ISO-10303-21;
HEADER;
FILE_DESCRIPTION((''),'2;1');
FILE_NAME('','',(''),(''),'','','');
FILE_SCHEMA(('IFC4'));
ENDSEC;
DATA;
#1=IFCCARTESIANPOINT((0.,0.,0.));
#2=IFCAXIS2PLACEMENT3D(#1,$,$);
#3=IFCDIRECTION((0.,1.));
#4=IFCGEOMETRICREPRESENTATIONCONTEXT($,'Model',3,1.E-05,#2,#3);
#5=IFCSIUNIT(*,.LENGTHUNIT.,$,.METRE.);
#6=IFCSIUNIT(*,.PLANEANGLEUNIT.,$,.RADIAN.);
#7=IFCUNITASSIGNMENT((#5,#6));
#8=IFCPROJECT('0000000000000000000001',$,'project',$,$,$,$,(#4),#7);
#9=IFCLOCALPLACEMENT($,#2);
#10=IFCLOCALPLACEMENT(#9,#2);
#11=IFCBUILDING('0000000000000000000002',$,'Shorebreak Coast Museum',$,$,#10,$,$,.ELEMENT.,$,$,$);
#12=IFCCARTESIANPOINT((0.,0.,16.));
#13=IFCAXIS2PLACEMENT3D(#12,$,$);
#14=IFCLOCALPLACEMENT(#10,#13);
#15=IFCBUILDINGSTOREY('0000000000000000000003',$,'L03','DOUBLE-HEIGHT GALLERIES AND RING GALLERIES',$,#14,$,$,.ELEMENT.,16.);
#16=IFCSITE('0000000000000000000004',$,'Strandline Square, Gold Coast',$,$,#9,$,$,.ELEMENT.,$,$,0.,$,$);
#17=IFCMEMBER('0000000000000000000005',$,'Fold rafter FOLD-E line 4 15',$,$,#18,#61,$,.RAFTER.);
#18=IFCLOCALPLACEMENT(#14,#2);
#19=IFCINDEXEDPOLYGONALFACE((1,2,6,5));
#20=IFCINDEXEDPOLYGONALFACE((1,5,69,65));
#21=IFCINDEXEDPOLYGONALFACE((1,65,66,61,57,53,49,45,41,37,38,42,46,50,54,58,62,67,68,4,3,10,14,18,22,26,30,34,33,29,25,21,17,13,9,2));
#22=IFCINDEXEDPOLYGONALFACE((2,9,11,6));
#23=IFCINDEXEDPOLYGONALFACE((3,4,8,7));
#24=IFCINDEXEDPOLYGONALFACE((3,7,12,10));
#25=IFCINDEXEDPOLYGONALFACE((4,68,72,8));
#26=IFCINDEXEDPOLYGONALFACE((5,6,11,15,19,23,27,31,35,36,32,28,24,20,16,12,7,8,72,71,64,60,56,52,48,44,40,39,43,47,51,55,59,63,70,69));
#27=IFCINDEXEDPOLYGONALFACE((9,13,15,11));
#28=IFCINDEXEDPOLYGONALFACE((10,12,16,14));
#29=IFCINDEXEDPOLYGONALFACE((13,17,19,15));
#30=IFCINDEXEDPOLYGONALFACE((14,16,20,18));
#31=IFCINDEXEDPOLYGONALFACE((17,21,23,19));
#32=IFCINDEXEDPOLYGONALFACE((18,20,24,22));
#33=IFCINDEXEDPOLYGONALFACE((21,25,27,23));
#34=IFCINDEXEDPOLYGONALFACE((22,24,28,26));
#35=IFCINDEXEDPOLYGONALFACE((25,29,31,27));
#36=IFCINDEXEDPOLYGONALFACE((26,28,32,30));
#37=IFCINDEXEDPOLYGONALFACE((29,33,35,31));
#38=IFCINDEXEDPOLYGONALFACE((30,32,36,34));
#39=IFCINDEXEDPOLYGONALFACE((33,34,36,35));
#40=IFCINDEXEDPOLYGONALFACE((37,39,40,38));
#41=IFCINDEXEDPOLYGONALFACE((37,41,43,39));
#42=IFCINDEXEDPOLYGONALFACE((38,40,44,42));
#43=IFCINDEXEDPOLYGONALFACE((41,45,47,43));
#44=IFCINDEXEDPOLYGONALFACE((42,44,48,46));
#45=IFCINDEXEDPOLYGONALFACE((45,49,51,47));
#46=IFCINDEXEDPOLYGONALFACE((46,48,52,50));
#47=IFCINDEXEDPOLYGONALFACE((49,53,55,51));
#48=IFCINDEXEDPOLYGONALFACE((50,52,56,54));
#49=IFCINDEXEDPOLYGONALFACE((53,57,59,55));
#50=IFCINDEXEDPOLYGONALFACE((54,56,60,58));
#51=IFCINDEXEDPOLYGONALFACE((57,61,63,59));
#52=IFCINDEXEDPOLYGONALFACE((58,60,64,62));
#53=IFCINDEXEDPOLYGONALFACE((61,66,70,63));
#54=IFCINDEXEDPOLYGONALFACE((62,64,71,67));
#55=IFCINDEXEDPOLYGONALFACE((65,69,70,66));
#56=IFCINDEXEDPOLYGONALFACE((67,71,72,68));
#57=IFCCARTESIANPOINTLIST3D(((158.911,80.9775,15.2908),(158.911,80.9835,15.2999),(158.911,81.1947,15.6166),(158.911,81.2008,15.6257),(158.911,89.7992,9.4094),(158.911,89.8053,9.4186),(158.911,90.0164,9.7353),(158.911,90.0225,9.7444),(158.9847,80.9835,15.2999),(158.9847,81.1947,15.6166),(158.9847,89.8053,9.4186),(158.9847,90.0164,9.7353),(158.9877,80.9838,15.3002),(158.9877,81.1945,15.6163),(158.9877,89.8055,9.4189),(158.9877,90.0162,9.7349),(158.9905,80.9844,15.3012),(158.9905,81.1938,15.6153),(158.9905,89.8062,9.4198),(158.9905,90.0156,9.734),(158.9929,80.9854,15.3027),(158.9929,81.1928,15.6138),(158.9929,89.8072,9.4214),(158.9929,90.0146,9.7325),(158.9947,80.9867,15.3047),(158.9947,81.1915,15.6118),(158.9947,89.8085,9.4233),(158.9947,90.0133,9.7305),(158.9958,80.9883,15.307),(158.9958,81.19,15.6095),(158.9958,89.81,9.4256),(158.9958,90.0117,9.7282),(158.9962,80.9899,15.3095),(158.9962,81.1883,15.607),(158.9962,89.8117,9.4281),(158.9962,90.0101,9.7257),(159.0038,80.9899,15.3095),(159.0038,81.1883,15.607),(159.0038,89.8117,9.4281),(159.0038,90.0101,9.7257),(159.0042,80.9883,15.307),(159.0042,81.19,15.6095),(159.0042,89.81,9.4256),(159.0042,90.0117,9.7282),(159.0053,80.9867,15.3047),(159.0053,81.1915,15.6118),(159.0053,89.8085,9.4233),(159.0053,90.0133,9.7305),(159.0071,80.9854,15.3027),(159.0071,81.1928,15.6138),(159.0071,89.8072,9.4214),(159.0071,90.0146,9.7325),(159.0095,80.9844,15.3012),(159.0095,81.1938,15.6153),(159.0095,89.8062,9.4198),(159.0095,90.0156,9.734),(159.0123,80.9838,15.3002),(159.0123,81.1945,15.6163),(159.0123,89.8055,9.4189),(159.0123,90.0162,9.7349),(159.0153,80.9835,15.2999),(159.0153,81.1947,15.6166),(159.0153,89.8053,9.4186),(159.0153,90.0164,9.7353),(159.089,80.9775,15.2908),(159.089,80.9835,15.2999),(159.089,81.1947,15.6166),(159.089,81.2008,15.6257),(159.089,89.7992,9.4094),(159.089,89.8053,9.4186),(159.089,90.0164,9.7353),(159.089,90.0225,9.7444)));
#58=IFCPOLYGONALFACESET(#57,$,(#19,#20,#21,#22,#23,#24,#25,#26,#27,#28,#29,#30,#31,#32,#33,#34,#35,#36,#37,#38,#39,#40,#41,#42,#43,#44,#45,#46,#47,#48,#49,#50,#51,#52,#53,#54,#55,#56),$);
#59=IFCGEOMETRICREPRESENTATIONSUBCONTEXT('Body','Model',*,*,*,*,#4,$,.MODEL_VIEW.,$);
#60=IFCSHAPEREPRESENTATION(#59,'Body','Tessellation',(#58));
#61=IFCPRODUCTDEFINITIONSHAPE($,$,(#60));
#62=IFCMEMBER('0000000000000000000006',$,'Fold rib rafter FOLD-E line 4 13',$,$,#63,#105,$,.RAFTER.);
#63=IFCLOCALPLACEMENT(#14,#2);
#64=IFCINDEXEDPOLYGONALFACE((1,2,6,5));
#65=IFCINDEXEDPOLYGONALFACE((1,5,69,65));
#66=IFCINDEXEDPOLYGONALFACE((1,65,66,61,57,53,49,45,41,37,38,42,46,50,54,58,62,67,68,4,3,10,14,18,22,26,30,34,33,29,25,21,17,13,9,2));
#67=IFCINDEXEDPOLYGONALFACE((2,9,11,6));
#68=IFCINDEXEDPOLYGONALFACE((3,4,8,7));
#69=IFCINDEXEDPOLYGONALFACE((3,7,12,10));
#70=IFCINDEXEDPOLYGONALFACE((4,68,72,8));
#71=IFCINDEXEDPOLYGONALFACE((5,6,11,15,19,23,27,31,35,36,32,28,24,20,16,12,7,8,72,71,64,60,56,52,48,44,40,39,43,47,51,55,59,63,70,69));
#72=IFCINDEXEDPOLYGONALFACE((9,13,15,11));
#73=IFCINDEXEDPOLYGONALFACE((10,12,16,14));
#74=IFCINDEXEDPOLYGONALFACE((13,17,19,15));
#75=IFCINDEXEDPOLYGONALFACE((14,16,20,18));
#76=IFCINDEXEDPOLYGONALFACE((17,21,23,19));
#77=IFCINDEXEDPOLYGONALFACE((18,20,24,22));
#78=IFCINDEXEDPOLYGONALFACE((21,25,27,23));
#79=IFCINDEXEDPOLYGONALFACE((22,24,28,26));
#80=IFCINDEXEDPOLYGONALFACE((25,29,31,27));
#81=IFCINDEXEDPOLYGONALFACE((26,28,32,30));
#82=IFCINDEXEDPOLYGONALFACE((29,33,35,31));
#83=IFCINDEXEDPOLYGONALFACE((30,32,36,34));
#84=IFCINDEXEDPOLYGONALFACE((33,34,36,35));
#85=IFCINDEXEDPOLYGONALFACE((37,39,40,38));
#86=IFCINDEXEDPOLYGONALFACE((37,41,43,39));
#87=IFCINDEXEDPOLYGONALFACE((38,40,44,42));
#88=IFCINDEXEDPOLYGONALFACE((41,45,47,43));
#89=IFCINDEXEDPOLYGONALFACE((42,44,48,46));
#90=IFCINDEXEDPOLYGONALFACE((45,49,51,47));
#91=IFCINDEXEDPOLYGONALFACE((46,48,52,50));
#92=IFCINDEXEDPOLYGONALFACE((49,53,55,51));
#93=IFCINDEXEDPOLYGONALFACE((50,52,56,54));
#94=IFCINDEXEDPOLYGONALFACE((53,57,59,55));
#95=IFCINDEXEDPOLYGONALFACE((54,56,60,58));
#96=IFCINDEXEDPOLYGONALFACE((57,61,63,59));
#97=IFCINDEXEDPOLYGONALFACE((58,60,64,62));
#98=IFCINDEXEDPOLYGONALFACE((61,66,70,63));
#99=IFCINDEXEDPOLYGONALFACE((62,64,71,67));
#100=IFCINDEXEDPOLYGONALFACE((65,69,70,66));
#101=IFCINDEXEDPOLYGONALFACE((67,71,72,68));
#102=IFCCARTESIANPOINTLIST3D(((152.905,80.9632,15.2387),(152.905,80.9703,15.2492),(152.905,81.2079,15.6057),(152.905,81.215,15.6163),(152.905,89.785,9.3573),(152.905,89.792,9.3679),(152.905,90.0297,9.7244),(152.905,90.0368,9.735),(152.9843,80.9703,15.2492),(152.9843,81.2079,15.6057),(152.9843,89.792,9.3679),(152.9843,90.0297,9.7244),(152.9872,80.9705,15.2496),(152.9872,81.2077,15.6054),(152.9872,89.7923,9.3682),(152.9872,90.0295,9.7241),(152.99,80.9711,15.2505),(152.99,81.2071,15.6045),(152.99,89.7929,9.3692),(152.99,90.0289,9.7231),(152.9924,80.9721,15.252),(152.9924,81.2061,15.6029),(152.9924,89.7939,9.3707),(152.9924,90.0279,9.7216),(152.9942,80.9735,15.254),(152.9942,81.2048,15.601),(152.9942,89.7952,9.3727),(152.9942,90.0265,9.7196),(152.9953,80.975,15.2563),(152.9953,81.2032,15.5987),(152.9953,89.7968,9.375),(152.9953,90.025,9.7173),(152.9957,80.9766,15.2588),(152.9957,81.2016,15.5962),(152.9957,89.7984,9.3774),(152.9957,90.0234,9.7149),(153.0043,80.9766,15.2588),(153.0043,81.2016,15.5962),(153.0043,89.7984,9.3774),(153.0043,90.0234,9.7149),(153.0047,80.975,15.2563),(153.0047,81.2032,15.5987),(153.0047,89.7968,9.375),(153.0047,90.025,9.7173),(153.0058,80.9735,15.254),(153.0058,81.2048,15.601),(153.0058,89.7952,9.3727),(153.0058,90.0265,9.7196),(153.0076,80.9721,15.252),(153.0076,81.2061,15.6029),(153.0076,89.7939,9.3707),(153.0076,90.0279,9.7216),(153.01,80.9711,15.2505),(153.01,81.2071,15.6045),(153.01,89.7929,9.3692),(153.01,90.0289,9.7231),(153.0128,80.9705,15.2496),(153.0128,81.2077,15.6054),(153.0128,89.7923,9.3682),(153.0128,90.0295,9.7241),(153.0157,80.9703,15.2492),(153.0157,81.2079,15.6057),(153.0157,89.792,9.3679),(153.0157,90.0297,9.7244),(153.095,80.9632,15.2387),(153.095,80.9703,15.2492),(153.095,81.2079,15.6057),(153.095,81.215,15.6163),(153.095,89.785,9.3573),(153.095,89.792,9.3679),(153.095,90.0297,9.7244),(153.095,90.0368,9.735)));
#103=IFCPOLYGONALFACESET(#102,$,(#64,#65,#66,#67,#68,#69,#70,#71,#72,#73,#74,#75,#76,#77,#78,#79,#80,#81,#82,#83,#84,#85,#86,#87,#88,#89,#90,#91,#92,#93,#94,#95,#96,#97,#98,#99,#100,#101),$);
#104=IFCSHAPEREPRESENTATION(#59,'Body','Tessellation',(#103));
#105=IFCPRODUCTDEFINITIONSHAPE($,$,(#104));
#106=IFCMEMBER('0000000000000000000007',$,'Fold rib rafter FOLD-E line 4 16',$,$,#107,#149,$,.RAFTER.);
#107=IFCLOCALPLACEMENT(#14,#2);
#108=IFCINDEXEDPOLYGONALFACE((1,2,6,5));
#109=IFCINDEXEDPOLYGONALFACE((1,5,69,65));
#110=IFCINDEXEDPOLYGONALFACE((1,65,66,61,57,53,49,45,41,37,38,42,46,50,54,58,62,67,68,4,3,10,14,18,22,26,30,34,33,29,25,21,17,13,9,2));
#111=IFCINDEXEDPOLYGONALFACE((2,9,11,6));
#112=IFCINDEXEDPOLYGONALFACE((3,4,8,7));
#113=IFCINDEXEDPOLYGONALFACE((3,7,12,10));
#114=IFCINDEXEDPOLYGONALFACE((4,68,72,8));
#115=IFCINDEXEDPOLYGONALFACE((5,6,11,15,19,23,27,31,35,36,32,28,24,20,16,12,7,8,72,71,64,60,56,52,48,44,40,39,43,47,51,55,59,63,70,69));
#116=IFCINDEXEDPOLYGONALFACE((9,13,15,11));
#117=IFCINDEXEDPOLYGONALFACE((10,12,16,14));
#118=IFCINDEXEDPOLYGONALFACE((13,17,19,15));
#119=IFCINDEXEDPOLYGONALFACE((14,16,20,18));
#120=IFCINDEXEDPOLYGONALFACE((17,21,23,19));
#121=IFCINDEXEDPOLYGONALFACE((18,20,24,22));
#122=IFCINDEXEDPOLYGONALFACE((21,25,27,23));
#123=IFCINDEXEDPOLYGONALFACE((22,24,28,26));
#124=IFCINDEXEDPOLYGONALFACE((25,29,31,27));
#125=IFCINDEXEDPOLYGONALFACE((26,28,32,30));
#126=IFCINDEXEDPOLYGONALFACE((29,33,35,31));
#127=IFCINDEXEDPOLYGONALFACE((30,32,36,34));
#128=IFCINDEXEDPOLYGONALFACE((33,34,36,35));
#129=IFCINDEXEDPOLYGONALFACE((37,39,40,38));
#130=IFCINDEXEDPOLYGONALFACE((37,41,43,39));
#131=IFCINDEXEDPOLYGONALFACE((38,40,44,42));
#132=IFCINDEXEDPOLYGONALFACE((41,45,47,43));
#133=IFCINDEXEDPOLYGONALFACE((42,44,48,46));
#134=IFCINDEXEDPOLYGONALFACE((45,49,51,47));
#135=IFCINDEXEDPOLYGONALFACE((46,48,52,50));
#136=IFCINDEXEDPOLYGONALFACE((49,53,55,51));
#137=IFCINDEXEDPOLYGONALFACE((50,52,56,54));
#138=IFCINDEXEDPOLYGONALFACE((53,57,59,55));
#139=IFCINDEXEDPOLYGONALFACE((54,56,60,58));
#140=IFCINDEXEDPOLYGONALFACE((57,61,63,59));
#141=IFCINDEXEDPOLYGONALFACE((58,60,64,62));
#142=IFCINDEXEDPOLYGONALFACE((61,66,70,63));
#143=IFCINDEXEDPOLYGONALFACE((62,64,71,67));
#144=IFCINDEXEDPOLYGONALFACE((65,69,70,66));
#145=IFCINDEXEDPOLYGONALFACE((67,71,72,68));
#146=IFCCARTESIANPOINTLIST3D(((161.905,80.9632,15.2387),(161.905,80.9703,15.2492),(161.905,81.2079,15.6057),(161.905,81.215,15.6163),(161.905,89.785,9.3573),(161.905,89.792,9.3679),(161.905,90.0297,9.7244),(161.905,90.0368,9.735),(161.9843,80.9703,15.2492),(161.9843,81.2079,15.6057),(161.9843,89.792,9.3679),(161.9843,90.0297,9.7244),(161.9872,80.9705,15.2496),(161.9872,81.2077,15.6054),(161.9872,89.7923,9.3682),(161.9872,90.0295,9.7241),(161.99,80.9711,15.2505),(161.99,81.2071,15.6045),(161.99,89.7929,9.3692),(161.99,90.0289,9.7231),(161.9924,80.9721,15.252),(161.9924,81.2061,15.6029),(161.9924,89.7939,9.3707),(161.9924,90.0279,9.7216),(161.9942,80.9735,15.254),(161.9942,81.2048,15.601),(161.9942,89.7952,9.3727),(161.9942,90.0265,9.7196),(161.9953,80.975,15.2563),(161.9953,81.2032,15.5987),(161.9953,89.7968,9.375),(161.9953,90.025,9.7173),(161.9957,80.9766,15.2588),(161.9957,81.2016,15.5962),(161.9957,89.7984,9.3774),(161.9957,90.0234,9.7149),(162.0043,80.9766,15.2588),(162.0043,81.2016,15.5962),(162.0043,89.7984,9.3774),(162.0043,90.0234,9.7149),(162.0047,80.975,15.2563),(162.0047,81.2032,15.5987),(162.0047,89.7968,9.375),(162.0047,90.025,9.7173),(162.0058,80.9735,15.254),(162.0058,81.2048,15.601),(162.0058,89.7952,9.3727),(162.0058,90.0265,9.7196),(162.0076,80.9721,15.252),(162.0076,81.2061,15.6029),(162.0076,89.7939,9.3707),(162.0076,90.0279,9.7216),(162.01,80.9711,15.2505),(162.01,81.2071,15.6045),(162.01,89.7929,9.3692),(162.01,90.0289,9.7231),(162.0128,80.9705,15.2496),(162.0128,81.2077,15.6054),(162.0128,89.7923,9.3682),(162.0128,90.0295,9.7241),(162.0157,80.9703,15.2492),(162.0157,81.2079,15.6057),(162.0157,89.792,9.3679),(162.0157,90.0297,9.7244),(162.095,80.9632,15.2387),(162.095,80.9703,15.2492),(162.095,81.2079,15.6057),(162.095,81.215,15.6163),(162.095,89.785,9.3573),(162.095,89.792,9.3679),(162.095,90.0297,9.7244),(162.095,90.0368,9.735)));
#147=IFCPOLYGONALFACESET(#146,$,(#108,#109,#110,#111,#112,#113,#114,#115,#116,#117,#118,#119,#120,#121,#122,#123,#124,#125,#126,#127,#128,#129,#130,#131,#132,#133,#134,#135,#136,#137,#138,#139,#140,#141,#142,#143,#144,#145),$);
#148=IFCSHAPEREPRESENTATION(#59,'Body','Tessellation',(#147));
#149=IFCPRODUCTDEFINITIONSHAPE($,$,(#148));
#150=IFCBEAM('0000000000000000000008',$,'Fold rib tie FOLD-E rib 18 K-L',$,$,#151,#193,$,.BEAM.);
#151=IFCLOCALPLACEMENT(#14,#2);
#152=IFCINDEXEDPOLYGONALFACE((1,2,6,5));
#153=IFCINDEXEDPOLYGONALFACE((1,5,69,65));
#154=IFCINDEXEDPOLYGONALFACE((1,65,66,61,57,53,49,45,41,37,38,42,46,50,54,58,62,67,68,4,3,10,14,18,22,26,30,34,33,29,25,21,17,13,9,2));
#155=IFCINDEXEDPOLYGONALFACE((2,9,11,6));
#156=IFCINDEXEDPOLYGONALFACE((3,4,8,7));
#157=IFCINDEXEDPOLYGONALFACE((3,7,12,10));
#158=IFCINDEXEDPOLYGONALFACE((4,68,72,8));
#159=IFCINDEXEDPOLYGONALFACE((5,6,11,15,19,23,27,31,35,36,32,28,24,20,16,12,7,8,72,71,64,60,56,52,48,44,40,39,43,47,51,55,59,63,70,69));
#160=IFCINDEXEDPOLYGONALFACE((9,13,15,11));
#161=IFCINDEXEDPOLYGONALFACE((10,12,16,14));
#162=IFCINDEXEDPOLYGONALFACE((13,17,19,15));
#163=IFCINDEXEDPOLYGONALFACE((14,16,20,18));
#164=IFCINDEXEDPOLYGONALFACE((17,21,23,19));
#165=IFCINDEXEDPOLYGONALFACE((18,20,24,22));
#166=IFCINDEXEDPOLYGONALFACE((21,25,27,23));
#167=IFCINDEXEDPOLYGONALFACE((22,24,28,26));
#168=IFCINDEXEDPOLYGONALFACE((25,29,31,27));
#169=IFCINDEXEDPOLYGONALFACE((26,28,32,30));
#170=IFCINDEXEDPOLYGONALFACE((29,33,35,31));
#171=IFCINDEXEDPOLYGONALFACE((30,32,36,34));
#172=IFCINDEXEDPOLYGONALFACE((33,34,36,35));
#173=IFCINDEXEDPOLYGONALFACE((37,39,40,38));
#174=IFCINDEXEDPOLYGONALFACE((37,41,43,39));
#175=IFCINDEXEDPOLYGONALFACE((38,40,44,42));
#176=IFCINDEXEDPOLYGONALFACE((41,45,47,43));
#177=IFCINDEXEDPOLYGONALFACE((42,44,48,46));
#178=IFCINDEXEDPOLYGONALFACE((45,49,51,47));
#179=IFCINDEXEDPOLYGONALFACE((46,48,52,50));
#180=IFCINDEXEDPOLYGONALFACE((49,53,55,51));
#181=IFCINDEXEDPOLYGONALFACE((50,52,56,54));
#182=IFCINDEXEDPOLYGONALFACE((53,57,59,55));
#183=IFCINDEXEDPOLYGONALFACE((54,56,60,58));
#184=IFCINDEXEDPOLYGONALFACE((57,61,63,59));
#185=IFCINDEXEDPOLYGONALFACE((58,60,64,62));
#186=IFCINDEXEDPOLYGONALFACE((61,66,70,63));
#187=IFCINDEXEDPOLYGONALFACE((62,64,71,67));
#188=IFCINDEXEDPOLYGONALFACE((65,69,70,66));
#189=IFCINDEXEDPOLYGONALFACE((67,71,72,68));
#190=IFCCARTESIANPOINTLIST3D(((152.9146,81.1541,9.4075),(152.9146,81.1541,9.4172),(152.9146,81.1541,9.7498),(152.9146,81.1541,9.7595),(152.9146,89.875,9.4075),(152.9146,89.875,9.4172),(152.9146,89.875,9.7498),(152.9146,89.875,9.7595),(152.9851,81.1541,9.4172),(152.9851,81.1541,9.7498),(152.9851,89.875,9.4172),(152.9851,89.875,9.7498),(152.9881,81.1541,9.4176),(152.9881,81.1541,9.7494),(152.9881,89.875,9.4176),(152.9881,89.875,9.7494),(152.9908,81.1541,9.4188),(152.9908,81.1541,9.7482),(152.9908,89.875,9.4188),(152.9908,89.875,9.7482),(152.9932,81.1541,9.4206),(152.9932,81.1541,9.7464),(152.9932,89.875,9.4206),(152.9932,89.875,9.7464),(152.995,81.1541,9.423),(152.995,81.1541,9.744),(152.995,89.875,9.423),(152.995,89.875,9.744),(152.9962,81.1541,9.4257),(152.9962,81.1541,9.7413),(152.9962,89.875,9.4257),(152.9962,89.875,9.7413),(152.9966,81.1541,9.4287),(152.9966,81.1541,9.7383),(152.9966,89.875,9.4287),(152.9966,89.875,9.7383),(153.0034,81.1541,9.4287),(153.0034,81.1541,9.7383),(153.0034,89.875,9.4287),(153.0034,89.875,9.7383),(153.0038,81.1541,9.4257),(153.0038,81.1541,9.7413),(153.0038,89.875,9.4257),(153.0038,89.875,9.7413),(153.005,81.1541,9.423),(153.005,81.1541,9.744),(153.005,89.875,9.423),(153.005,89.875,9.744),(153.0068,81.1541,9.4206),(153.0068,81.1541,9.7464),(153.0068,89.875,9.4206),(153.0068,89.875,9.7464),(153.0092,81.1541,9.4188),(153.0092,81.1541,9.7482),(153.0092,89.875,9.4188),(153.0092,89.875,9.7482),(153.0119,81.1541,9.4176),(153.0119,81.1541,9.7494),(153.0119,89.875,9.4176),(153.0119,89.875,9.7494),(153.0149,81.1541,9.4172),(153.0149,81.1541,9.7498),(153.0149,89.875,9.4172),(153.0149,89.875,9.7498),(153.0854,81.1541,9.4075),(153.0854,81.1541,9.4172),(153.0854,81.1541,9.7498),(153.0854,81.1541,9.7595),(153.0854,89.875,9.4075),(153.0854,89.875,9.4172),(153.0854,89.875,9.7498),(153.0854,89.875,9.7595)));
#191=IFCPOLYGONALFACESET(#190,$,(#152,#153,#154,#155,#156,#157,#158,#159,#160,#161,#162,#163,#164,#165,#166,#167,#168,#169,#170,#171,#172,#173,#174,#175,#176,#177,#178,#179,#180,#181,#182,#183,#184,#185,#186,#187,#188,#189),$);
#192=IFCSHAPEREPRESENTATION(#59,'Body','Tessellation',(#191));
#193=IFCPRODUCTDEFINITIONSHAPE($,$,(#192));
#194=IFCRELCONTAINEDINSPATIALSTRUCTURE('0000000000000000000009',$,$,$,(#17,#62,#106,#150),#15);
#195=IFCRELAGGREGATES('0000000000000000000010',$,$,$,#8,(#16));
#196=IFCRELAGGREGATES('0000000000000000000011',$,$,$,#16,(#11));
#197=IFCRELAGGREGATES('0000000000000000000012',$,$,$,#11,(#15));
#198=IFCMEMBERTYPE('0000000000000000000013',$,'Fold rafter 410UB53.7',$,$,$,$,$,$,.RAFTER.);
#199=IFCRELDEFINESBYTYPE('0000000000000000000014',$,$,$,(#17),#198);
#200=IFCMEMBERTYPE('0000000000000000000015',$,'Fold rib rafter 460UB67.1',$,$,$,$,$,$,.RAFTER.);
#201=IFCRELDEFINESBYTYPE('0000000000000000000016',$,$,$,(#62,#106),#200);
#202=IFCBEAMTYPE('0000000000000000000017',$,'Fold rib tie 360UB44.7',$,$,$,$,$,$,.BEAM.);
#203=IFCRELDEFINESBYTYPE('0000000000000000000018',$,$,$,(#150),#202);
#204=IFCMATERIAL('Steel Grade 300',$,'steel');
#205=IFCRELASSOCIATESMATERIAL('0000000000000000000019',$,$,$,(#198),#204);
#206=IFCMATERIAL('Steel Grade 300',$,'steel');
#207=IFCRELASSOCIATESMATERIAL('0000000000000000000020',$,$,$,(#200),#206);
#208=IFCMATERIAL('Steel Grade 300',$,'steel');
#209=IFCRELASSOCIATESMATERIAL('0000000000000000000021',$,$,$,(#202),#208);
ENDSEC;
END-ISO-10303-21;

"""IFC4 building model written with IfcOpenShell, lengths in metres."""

from ifc_helpers import new_model, si_unit, direction, frame, origin, origin_2d, place, context, subcontext, project, spatial, i_section, extrude, material, material_profile, profile_set, type_object, element, save


model = new_model("IFC4")

# Units and contexts
model_context = context("Model", 3, precision=1e-05, world=origin(), true_north=direction((0.0, 1.0)))
body_context = subcontext(model_context, "Body", "Model", "MODEL_VIEW")
ifc_project = project(units=[si_unit("LENGTHUNIT", "METRE"), si_unit("PLANEANGLEUNIT", "RADIAN")], contexts=[model_context])

# Site, building, storey
site_placement = place(None, origin())
site = spatial("IfcSite", under=ifc_project, at=site_placement, Name="Strandline Square, Gold Coast", CompositionType="ELEMENT", RefElevation=0.0)
building_placement = place(site_placement, origin())
building = spatial("IfcBuilding", under=site, at=building_placement, Name="Shorebreak Coast Museum", CompositionType="ELEMENT")
storey_placement = place(building_placement, frame((0.0, 0.0, 16.0)))
storey = spatial("IfcBuildingStorey", under=building, at=storey_placement, Name="L03", Description="DOUBLE-HEIGHT GALLERIES AND RING GALLERIES", CompositionType="ELEMENT", Elevation=16.0)

# Members
ifc_material_1 = material(Name="Steel Grade 300", Category="steel")
ifc_material_profile_1 = material_profile(ifc_material_1, i_section(OverallWidth=0.178, OverallDepth=0.4026, WebThickness=0.0076, FlangeThickness=0.011, FilletRadius=0.0115, at=origin_2d()), Name="410UB53.7")
ifc_profile_set_1 = profile_set([ifc_material_profile_1], Name="Steel Grade 300")
member_type_1 = type_object("IfcMemberType", Name="Fold rafter 410UB53.7", PredefinedType="RAFTER", material=ifc_profile_set_1)
for number, where, z_axis, x_axis, name in (
    (1, (159.0, 81.0891, 15.4583), (0.0, 0.832043, -0.554711), (-1.0, 0.0, 0.0), "Fold rafter FOLD-E line 4 15"),
):
    element("IfcMember", number, at=place(storey_placement, frame(where, z_axis=z_axis, x_axis=x_axis)), inside=storey, type_object=member_type_1, Name=name, PredefinedType="RAFTER", context=body_context, shape_type="SweptSolid", body=[
        extrude(i_section(OverallWidth=0.178, OverallDepth=0.4026, WebThickness=0.0076, FlangeThickness=0.011, FilletRadius=0.0115, at=origin_2d()), origin(), (0.0, 0.0, 1.0), 10.6025),
    ])
ifc_material_2 = material(Name="Steel Grade 300", Category="steel")
ifc_material_profile_2 = material_profile(ifc_material_2, i_section(OverallWidth=0.1899, OverallDepth=0.4539, WebThickness=0.0085, FlangeThickness=0.0127, FilletRadius=0.0115, at=origin_2d()), Name="460UB67.1")
ifc_profile_set_2 = profile_set([ifc_material_profile_2], Name="Steel Grade 300")
member_type_2 = type_object("IfcMemberType", Name="Fold rib rafter 460UB67.1", PredefinedType="RAFTER", material=ifc_profile_set_2)
for number, where, z_axis, x_axis, name in (
    (2, (153.0, 81.0891, 15.4275), (0.0, 0.832043, -0.554711), (-1.0, 0.0, 0.0), "Fold rib rafter FOLD-E line 4 13"),
    (3, (162.0, 81.0891, 15.4275), (0.0, 0.832043, -0.554711), (-1.0, 0.0, 0.0), "Fold rib rafter FOLD-E line 4 16"),
):
    element("IfcMember", number, at=place(storey_placement, frame(where, z_axis=z_axis, x_axis=x_axis)), inside=storey, type_object=member_type_2, Name=name, PredefinedType="RAFTER", context=body_context, shape_type="SweptSolid", body=[
        extrude(i_section(OverallWidth=0.1899, OverallDepth=0.4539, WebThickness=0.0085, FlangeThickness=0.0127, FilletRadius=0.0115, at=origin_2d()), origin(), (0.0, 0.0, 1.0), 10.6025),
    ])

# Beam
ifc_material_3 = material(Name="Steel Grade 300", Category="steel")
ifc_material_profile_3 = material_profile(ifc_material_3, i_section(OverallWidth=0.1709, OverallDepth=0.3521, WebThickness=0.0068, FlangeThickness=0.0098, FilletRadius=0.0115, at=origin_2d()), Name="360UB44.7")
ifc_profile_set_3 = profile_set([ifc_material_profile_3], Name="Steel Grade 300")
beam_type_1 = type_object("IfcBeamType", Name="Fold rib tie 360UB44.7", PredefinedType="BEAM", material=ifc_profile_set_3)
for number, where, z_axis, x_axis, name in (
    (4, (153.0, 81.1541, 9.5835), (0.0, 1.0, 0.0), (-1.0, 0.0, 0.0), "Fold rib tie FOLD-E rib 18 K-L"),
):
    element("IfcBeam", number, at=place(storey_placement, frame(where, z_axis=z_axis, x_axis=x_axis)), inside=storey, type_object=beam_type_1, Name=name, PredefinedType="BEAM", context=body_context, shape_type="SweptSolid", body=[
        extrude(i_section(OverallWidth=0.1709, OverallDepth=0.3521, WebThickness=0.0068, FlangeThickness=0.0098, FilletRadius=0.0115, at=origin_2d()), origin(), (0.0, 0.0, 1.0), 8.7209),
    ])

save(model, "model.ifc")
